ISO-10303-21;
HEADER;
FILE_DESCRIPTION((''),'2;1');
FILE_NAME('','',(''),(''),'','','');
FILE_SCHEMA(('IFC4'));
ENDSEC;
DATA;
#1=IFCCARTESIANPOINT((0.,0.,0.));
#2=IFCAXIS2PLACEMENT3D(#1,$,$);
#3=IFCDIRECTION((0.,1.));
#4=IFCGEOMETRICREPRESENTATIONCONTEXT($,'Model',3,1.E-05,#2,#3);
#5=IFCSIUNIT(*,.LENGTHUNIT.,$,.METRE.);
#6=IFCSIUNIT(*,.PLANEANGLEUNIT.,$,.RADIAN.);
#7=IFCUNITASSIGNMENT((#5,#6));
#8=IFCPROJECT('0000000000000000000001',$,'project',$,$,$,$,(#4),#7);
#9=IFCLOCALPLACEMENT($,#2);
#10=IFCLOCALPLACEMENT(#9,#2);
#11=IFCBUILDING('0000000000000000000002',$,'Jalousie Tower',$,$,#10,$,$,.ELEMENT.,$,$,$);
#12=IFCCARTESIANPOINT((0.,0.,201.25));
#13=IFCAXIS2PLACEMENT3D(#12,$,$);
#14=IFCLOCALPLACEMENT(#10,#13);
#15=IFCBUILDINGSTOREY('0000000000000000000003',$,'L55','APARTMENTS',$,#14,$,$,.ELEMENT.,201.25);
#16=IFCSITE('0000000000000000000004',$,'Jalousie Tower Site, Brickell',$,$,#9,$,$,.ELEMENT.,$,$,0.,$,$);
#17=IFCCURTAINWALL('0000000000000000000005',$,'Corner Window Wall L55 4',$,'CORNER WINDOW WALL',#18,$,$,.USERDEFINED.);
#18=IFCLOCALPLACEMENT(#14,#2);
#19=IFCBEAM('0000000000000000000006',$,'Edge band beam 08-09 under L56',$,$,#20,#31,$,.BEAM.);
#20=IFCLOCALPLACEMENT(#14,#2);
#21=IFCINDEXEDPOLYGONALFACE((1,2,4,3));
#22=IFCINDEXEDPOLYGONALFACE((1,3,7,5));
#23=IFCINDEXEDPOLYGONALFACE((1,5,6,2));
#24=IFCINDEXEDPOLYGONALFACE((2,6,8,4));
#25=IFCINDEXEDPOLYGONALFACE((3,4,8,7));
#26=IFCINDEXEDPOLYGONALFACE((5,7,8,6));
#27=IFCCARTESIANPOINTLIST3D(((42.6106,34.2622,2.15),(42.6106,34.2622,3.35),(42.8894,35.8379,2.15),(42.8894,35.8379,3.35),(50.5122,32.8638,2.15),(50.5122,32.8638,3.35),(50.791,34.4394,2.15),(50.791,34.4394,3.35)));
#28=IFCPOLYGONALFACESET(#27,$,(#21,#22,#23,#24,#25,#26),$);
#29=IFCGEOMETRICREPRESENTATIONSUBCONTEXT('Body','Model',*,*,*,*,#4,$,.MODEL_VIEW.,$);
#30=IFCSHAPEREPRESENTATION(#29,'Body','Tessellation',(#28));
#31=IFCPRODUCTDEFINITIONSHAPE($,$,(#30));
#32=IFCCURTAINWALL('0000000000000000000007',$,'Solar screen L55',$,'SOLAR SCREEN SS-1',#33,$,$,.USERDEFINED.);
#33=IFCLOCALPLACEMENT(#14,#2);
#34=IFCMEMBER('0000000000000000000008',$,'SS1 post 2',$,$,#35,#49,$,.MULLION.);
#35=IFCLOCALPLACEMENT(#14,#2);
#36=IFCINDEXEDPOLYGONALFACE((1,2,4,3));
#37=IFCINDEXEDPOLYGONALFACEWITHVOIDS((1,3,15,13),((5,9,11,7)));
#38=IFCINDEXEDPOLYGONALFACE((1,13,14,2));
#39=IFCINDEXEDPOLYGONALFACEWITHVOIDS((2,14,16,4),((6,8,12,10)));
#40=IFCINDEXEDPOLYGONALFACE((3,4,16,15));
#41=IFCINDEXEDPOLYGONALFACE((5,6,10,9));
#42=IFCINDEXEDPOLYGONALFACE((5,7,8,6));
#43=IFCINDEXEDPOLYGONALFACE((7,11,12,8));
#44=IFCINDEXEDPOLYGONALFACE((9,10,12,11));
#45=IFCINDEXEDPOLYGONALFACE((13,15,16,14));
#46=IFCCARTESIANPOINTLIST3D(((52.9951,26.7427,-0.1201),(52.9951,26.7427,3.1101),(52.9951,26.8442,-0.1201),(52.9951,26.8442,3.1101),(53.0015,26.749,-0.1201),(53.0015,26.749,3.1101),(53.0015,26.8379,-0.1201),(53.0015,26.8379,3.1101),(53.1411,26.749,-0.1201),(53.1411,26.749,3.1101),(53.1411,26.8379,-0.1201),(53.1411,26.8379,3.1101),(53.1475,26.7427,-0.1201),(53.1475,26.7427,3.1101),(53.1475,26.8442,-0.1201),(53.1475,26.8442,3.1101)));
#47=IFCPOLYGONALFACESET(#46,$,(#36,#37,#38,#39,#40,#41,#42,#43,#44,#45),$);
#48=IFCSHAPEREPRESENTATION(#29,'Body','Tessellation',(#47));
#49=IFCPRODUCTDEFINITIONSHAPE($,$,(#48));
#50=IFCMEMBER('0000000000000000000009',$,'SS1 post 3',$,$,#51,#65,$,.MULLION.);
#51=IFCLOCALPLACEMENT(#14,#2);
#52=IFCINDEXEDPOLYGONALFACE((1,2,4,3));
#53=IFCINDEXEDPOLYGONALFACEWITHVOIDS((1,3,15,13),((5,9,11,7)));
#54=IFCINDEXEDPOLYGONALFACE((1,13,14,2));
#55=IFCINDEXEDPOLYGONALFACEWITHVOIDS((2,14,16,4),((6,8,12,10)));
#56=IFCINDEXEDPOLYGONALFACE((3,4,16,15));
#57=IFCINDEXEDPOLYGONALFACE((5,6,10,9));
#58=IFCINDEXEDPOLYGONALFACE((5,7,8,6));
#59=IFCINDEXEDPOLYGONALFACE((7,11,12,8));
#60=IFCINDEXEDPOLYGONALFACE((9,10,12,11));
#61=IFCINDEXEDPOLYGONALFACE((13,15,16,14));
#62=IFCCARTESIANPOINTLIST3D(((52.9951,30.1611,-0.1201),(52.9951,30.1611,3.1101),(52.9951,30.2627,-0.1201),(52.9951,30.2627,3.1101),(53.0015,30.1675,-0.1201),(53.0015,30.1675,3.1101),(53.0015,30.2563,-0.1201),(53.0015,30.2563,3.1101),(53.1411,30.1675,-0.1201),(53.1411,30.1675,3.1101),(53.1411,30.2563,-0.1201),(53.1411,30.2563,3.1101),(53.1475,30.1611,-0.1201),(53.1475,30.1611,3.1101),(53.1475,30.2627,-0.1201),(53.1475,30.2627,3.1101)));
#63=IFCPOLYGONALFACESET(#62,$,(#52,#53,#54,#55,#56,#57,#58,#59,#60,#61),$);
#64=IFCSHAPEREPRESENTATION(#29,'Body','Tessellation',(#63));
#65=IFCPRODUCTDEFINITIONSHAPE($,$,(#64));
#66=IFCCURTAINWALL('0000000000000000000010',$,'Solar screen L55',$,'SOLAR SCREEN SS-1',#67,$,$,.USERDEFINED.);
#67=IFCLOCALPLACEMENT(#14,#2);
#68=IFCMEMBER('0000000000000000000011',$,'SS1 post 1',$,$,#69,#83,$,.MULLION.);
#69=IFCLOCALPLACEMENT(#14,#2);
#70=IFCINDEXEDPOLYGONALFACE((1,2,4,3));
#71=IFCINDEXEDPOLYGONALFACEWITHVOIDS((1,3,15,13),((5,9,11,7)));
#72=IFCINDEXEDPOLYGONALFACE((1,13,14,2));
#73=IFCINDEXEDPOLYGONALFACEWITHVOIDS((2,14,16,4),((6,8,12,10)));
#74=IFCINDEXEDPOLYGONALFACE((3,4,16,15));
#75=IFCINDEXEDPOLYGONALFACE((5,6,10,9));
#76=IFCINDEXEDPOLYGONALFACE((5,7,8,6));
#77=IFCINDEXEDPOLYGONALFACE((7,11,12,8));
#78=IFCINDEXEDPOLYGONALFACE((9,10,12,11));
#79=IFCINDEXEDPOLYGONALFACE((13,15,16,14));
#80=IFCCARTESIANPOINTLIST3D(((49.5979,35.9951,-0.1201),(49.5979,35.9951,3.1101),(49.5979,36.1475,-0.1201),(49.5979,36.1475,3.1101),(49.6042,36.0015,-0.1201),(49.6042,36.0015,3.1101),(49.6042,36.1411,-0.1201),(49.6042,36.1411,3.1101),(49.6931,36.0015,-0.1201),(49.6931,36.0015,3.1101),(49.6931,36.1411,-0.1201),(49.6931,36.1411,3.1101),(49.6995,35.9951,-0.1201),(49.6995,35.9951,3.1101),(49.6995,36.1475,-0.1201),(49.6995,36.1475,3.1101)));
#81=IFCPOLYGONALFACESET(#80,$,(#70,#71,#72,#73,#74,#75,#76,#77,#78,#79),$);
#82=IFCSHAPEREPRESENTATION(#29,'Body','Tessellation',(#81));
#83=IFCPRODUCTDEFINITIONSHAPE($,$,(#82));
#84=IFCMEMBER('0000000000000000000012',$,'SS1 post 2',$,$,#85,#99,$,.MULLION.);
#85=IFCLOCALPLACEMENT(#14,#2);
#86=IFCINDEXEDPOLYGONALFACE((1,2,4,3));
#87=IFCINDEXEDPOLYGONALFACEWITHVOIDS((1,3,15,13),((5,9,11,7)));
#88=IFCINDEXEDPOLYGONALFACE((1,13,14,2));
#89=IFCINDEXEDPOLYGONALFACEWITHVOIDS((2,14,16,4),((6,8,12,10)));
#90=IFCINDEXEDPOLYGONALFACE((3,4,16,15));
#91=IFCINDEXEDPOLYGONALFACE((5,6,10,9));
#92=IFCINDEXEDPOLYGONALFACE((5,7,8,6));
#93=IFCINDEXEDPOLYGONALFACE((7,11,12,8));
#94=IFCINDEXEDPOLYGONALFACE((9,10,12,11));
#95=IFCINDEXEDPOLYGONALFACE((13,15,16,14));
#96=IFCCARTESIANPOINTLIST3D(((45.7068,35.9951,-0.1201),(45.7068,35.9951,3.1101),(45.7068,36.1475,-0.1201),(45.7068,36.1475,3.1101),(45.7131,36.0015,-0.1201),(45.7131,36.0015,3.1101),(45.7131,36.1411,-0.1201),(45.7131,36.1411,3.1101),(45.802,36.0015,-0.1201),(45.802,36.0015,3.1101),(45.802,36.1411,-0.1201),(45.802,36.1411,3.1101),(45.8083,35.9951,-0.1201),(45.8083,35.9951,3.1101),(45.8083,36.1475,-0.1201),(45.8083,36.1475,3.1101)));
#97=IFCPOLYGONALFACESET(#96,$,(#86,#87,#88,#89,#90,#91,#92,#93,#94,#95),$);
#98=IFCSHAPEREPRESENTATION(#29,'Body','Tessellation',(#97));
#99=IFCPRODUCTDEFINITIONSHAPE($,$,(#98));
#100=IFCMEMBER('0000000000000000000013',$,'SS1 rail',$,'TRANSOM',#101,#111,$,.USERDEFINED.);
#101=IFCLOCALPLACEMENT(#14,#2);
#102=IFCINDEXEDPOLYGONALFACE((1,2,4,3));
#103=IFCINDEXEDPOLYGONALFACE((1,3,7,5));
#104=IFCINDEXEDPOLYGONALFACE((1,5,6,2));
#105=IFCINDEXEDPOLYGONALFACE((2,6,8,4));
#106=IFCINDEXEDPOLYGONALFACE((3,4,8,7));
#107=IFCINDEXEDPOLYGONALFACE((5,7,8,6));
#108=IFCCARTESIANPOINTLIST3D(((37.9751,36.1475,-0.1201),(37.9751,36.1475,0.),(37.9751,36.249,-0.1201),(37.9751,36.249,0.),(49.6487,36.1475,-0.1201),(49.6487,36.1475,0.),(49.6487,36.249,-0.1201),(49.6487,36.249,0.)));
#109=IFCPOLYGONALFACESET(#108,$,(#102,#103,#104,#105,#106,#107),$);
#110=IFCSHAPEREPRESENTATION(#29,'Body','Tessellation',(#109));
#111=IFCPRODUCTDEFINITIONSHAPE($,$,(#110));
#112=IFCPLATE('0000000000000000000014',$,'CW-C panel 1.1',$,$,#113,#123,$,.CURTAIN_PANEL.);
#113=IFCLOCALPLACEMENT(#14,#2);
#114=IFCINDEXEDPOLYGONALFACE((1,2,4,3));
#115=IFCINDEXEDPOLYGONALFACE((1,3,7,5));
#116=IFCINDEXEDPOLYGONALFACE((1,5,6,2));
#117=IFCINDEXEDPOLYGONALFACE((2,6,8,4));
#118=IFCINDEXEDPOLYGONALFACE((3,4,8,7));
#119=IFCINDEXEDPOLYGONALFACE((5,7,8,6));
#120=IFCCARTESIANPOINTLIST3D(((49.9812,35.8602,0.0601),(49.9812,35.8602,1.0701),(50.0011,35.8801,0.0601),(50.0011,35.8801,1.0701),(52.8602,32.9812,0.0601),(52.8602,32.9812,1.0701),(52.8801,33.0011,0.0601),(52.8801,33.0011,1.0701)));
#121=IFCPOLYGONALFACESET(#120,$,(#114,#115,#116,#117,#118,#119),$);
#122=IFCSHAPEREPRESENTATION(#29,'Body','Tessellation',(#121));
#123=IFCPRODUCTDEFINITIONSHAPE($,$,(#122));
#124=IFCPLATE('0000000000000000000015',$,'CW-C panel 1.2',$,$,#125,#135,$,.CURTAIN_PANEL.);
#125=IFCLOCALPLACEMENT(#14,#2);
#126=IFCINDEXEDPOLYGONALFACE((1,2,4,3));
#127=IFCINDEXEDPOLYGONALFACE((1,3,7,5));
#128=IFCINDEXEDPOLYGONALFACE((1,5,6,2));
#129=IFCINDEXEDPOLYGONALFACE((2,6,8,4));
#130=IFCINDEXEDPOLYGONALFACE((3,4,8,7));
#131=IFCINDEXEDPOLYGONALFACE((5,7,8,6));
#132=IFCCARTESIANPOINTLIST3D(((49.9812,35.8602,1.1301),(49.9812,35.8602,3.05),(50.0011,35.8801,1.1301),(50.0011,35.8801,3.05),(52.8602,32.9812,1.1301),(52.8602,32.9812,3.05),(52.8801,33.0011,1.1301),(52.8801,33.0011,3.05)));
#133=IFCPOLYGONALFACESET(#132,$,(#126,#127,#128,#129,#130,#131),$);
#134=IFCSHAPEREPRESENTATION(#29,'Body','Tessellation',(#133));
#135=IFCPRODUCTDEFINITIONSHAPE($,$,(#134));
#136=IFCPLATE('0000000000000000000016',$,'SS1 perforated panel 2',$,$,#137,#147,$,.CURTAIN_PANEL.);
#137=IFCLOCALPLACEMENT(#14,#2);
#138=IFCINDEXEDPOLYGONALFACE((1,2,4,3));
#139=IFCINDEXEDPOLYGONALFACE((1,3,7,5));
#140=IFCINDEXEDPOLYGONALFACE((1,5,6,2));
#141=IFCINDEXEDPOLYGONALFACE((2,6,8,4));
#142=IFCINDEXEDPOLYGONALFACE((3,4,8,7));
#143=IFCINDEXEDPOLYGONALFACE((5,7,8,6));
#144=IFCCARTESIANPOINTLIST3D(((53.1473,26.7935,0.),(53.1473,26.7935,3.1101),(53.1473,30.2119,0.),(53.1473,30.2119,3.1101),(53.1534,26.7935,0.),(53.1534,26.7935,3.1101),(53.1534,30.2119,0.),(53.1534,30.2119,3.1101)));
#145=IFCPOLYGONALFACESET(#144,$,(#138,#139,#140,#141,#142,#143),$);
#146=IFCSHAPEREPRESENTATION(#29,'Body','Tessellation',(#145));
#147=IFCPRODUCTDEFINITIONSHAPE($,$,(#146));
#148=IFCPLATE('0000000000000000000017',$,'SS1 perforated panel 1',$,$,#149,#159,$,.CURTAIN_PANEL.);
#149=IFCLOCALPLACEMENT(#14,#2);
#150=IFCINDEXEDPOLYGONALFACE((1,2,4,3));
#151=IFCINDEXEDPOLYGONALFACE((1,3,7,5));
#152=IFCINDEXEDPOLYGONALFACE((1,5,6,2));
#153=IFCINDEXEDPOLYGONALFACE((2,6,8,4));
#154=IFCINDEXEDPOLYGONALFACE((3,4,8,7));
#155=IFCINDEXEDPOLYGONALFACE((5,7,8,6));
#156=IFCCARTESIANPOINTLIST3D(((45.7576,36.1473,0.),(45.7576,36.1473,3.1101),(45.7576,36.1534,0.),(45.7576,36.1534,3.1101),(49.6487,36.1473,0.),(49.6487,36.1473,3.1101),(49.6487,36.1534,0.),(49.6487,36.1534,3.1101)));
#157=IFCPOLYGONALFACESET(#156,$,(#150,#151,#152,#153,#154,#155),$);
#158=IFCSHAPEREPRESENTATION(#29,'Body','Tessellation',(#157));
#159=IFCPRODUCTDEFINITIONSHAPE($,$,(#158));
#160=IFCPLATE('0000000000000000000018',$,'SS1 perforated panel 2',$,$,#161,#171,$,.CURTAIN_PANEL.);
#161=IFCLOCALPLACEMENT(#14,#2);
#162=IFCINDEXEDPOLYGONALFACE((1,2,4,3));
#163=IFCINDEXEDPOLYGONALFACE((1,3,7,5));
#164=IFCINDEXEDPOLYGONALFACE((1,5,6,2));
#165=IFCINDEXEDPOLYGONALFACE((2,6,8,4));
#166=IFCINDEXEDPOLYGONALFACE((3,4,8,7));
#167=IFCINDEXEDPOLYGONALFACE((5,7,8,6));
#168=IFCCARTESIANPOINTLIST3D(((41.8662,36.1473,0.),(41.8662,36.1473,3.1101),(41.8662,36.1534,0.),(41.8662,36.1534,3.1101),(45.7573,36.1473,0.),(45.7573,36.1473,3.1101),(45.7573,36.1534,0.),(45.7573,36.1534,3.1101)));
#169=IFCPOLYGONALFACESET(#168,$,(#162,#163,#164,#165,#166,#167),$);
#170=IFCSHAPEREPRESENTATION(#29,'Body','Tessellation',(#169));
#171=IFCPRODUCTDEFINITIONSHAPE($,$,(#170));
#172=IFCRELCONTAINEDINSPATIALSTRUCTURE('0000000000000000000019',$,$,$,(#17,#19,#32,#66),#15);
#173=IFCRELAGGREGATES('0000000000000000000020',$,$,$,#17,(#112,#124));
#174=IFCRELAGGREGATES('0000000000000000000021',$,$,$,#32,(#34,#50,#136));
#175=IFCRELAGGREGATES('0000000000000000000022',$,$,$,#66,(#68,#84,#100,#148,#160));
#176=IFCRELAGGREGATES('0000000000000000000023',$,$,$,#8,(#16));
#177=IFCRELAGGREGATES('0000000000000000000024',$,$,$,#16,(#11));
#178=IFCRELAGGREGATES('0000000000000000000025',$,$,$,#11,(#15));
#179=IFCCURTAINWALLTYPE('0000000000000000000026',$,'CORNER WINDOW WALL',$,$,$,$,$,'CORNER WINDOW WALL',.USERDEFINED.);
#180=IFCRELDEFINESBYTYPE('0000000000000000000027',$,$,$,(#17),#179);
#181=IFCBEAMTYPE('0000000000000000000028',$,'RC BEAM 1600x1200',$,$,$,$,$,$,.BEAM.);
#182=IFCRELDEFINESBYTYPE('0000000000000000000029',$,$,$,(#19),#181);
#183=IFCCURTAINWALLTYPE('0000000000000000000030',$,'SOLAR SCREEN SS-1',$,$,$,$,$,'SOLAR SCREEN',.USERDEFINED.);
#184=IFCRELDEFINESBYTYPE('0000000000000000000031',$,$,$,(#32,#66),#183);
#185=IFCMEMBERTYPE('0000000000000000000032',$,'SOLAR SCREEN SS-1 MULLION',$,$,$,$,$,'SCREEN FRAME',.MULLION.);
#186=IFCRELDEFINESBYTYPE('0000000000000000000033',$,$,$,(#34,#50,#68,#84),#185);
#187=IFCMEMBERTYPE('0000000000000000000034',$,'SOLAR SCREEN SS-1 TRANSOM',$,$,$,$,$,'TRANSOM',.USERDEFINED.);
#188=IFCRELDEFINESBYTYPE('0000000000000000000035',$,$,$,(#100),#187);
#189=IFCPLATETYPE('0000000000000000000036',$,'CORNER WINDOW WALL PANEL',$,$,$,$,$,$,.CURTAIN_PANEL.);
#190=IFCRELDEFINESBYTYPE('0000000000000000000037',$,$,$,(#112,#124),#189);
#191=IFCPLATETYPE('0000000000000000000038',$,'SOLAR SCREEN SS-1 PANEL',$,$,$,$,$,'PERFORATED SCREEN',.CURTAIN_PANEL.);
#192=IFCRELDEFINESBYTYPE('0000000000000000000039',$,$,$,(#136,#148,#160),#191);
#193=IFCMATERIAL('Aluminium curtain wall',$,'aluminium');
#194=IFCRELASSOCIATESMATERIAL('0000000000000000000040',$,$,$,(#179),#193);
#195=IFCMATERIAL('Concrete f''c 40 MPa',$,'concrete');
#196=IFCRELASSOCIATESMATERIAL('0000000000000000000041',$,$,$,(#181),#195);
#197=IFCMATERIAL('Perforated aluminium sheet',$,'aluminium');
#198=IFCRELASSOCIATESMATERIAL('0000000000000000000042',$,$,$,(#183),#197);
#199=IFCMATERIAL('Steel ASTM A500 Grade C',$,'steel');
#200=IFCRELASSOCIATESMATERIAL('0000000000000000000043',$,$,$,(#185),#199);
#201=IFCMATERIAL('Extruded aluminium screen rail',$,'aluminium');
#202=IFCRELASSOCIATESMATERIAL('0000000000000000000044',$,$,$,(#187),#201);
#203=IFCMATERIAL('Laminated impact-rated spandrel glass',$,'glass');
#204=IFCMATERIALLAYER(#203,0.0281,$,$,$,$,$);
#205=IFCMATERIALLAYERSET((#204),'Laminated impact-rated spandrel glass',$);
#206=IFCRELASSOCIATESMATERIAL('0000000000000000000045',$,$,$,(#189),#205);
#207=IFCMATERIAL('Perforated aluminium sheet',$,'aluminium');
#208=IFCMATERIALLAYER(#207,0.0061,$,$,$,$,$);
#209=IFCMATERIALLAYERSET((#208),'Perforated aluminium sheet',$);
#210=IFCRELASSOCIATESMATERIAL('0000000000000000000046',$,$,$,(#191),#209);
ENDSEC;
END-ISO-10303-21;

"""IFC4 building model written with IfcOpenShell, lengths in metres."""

from ifc_helpers import new_model, si_unit, direction, frame, origin, origin_2d, place, context, subcontext, project, spatial, rectangle, hollow_rectangle, extrude, material, layer, layer_set, material_profile, profile_set, type_object, element, aggregate, save


model = new_model("IFC4")

# Units and contexts
model_context = context("Model", 3, precision=1e-05, world=origin(), true_north=direction((0.0, 1.0)))
body_context = subcontext(model_context, "Body", "Model", "MODEL_VIEW")
ifc_project = project(units=[si_unit("LENGTHUNIT", "METRE"), si_unit("PLANEANGLEUNIT", "RADIAN")], contexts=[model_context])

# Site, building, storey
site_placement = place(None, origin())
site = spatial("IfcSite", under=ifc_project, at=site_placement, Name="Jalousie Tower Site, Brickell", CompositionType="ELEMENT", RefElevation=0.0)
building_placement = place(site_placement, origin())
building = spatial("IfcBuilding", under=site, at=building_placement, Name="Jalousie Tower", CompositionType="ELEMENT")
storey_placement = place(building_placement, frame((0.0, 0.0, 201.25)))
storey = spatial("IfcBuildingStorey", under=building, at=storey_placement, Name="L55", Description="APARTMENTS", CompositionType="ELEMENT", Elevation=201.25)

# Curtain wall
ifc_material_1 = material(Name="Aluminium curtain wall", Category="aluminium")
curtain_wall_type_1 = type_object("IfcCurtainWallType", Name="CORNER WINDOW WALL", ElementType="CORNER WINDOW WALL", PredefinedType="USERDEFINED", material=ifc_material_1)
curtain_wall_1_placement = place(storey_placement, origin())
curtain_wall_1 = element("IfcCurtainWall", 1, at=curtain_wall_1_placement, inside=storey, type_object=curtain_wall_type_1, Name="Corner Window Wall L55 4", ObjectType="CORNER WINDOW WALL", PredefinedType="USERDEFINED")

# Beam
ifc_material_2 = material(Name="Concrete f'c 40 MPa", Category="concrete")
ifc_material_profile_1 = material_profile(ifc_material_2, rectangle(XDim=1.6001, YDim=1.2, at=origin_2d()), Name="RC 1600x1200")
ifc_profile_set_1 = profile_set([ifc_material_profile_1], Name="Concrete f'c 40 MPa")
beam_type = type_object("IfcBeamType", Name="RC BEAM 1600x1200", PredefinedType="BEAM", material=ifc_profile_set_1)
beam_placement = place(storey_placement, frame((50.6516, 33.6516, 2.75), z_axis=(-0.984697, 0.174273, 0.0), x_axis=(-0.174273, -0.984697, 0.0)))
element("IfcBeam", 2, at=beam_placement, inside=storey, type_object=beam_type, Name="Edge band beam 08-09 under L56", PredefinedType="BEAM", context=body_context, shape_type="SweptSolid", body=[
    extrude(rectangle(XDim=1.6001, YDim=1.2, at=origin_2d()), origin(), (0.0, 0.0, 1.0), 8.0244),
])

# Curtain walls, members
ifc_material_3 = material(Name="Perforated aluminium sheet", Category="aluminium")
curtain_wall_type_2 = type_object("IfcCurtainWallType", Name="SOLAR SCREEN SS-1", ElementType="SOLAR SCREEN", PredefinedType="USERDEFINED", material=ifc_material_3)
curtain_wall_2_placement = place(storey_placement, origin())
curtain_wall_2 = element("IfcCurtainWall", 3, at=curtain_wall_2_placement, inside=storey, type_object=curtain_wall_type_2, Name="Solar screen L55", ObjectType="SOLAR SCREEN SS-1", PredefinedType="USERDEFINED")
ifc_material_4 = material(Name="Steel ASTM A500 Grade C", Category="steel")
ifc_material_profile_2 = material_profile(ifc_material_4, hollow_rectangle(XDim=0.1016, YDim=0.1523, WallThickness=0.0063, at=origin_2d()), Name="HSS6X4X1/4")
ifc_profile_set_2 = profile_set([ifc_material_profile_2], Name="Steel ASTM A500 Grade C")
member_type_1 = type_object("IfcMemberType", Name="SOLAR SCREEN SS-1 MULLION", ElementType="SCREEN FRAME", PredefinedType="MULLION", material=ifc_profile_set_2)
member_1_placement = place(storey_placement, frame((53.0713, 26.7935, -0.1201), z_axis=(0.0, 0.0, 1.0), x_axis=(0.0, 1.0, 0.0)))
member_1 = element("IfcMember", 4, at=member_1_placement, type_object=member_type_1, Name="SS1 post 2", PredefinedType="MULLION", context=body_context, shape_type="SweptSolid", body=[
    extrude(hollow_rectangle(XDim=0.1016, YDim=0.1523, WallThickness=0.0063, at=origin_2d()), origin(), (0.0, 0.0, 1.0), 3.2302),
])
member_2_placement = place(storey_placement, frame((53.0713, 30.2119, -0.1201), z_axis=(0.0, 0.0, 1.0), x_axis=(0.0, 1.0, 0.0)))
member_2 = element("IfcMember", 5, at=member_2_placement, type_object=member_type_1, Name="SS1 post 3", PredefinedType="MULLION", context=body_context, shape_type="SweptSolid", body=[
    extrude(hollow_rectangle(XDim=0.1016, YDim=0.1523, WallThickness=0.0063, at=origin_2d()), origin(), (0.0, 0.0, 1.0), 3.2302),
])
curtain_wall_3_placement = place(storey_placement, origin())
curtain_wall_3 = element("IfcCurtainWall", 6, at=curtain_wall_3_placement, inside=storey, type_object=curtain_wall_type_2, Name="Solar screen L55", ObjectType="SOLAR SCREEN SS-1", PredefinedType="USERDEFINED")
member_3_placement = place(storey_placement, frame((49.6487, 36.0713, -0.1201), z_axis=(0.0, 0.0, 1.0), x_axis=(-1.0, 0.0, 0.0)))
member_3 = element("IfcMember", 7, at=member_3_placement, type_object=member_type_1, Name="SS1 post 1", PredefinedType="MULLION", context=body_context, shape_type="SweptSolid", body=[
    extrude(hollow_rectangle(XDim=0.1016, YDim=0.1523, WallThickness=0.0063, at=origin_2d()), origin(), (0.0, 0.0, 1.0), 3.2302),
])
member_4_placement = place(storey_placement, frame((45.7576, 36.0713, -0.1201), z_axis=(0.0, 0.0, 1.0), x_axis=(-1.0, 0.0, 0.0)))
member_4 = element("IfcMember", 8, at=member_4_placement, type_object=member_type_1, Name="SS1 post 2", PredefinedType="MULLION", context=body_context, shape_type="SweptSolid", body=[
    extrude(hollow_rectangle(XDim=0.1016, YDim=0.1523, WallThickness=0.0063, at=origin_2d()), origin(), (0.0, 0.0, 1.0), 3.2302),
])
ifc_material_5 = material(Name="Extruded aluminium screen rail", Category="aluminium")
ifc_material_profile_3 = material_profile(ifc_material_5, rectangle(XDim=0.1016, YDim=0.1201, at=origin_2d()), Name="RAIL 102x120")
ifc_profile_set_3 = profile_set([ifc_material_profile_3], Name="Extruded aluminium screen rail")
member_type_2 = type_object("IfcMemberType", Name="SOLAR SCREEN SS-1 TRANSOM", ElementType="TRANSOM", PredefinedType="USERDEFINED", material=ifc_profile_set_3)
member_5_placement = place(storey_placement, frame((49.6487, 36.1982, -0.0601), z_axis=(-1.0, 0.0, 0.0), x_axis=(0.0, -1.0, 0.0)))
member_5 = element("IfcMember", 9, at=member_5_placement, type_object=member_type_2, Name="SS1 rail", ObjectType="TRANSOM", PredefinedType="USERDEFINED", context=body_context, shape_type="SweptSolid", body=[
    extrude(rectangle(XDim=0.1016, YDim=0.1201, at=origin_2d()), origin(), (0.0, 0.0, 1.0), 11.6736),
])

# Plates
ifc_material_6 = material(Name="Laminated impact-rated spandrel glass", Category="glass")
ifc_layer_1 = layer(ifc_material_6, 0.0281)
ifc_layer_set_1 = layer_set([ifc_layer_1], Name="Laminated impact-rated spandrel glass")
plate_type_1 = type_object("IfcPlateType", Name="CORNER WINDOW WALL PANEL", PredefinedType="CURTAIN_PANEL", material=ifc_layer_set_1)
plate_1_placement = place(storey_placement, frame((51.4307, 34.4307, 0.0601), z_axis=(0.0, 0.0, 1.0), x_axis=(-0.707107, 0.707107, 0.0)))
plate_1 = element("IfcPlate", 10, at=plate_1_placement, type_object=plate_type_1, Name="CW-C panel 1.1", PredefinedType="CURTAIN_PANEL", context=body_context, shape_type="SweptSolid", body=[
    extrude(rectangle(XDim=4.0715, YDim=0.0281, at=origin_2d()), origin(), (0.0, 0.0, 1.0), 1.01),
])
plate_2_placement = place(storey_placement, frame((51.4307, 34.4307, 1.1301), z_axis=(0.0, 0.0, 1.0), x_axis=(-0.707107, 0.707107, 0.0)))
plate_2 = element("IfcPlate", 11, at=plate_2_placement, type_object=plate_type_1, Name="CW-C panel 1.2", PredefinedType="CURTAIN_PANEL", context=body_context, shape_type="SweptSolid", body=[
    extrude(rectangle(XDim=4.0715, YDim=0.0281, at=origin_2d()), origin(), (0.0, 0.0, 1.0), 1.9199),
])
aggregate(curtain_wall_1, [plate_1, plate_2])
ifc_material_7 = material(Name="Perforated aluminium sheet", Category="aluminium")
ifc_layer_2 = layer(ifc_material_7, 0.0061)
ifc_layer_set_2 = layer_set([ifc_layer_2], Name="Perforated aluminium sheet")
plate_type_2 = type_object("IfcPlateType", Name="SOLAR SCREEN SS-1 PANEL", ElementType="PERFORATED SCREEN", PredefinedType="CURTAIN_PANEL", material=ifc_layer_set_2)
plate_3_placement = place(storey_placement, frame((53.1504, 28.5027, 0.0), z_axis=(0.0, 0.0, 1.0), x_axis=(0.0, 1.0, 0.0)))
plate_3 = element("IfcPlate", 12, at=plate_3_placement, type_object=plate_type_2, Name="SS1 perforated panel 2", PredefinedType="CURTAIN_PANEL", context=body_context, shape_type="SweptSolid", body=[
    extrude(rectangle(XDim=3.4185, YDim=0.0061, at=origin_2d()), origin(), (0.0, 0.0, 1.0), 3.1101),
])
aggregate(curtain_wall_2, [member_1, member_2, plate_3])
plate_4_placement = place(storey_placement, frame((47.7031, 36.1504, 0.0), z_axis=(0.0, 0.0, 1.0), x_axis=(-1.0, 0.0, 0.0)))
plate_4 = element("IfcPlate", 13, at=plate_4_placement, type_object=plate_type_2, Name="SS1 perforated panel 1", PredefinedType="CURTAIN_PANEL", context=body_context, shape_type="SweptSolid", body=[
    extrude(rectangle(XDim=3.8911, YDim=0.0061, at=origin_2d()), origin(), (0.0, 0.0, 1.0), 3.1101),
])
plate_5_placement = place(storey_placement, frame((43.8118, 36.1504, 0.0), z_axis=(0.0, 0.0, 1.0), x_axis=(-1.0, 0.0, 0.0)))
plate_5 = element("IfcPlate", 14, at=plate_5_placement, type_object=plate_type_2, Name="SS1 perforated panel 2", PredefinedType="CURTAIN_PANEL", context=body_context, shape_type="SweptSolid", body=[
    extrude(rectangle(XDim=3.8911, YDim=0.0061, at=origin_2d()), origin(), (0.0, 0.0, 1.0), 3.1101),
])
aggregate(curtain_wall_3, [member_3, member_4, member_5, plate_4, plate_5])

save(model, "model.ifc")
